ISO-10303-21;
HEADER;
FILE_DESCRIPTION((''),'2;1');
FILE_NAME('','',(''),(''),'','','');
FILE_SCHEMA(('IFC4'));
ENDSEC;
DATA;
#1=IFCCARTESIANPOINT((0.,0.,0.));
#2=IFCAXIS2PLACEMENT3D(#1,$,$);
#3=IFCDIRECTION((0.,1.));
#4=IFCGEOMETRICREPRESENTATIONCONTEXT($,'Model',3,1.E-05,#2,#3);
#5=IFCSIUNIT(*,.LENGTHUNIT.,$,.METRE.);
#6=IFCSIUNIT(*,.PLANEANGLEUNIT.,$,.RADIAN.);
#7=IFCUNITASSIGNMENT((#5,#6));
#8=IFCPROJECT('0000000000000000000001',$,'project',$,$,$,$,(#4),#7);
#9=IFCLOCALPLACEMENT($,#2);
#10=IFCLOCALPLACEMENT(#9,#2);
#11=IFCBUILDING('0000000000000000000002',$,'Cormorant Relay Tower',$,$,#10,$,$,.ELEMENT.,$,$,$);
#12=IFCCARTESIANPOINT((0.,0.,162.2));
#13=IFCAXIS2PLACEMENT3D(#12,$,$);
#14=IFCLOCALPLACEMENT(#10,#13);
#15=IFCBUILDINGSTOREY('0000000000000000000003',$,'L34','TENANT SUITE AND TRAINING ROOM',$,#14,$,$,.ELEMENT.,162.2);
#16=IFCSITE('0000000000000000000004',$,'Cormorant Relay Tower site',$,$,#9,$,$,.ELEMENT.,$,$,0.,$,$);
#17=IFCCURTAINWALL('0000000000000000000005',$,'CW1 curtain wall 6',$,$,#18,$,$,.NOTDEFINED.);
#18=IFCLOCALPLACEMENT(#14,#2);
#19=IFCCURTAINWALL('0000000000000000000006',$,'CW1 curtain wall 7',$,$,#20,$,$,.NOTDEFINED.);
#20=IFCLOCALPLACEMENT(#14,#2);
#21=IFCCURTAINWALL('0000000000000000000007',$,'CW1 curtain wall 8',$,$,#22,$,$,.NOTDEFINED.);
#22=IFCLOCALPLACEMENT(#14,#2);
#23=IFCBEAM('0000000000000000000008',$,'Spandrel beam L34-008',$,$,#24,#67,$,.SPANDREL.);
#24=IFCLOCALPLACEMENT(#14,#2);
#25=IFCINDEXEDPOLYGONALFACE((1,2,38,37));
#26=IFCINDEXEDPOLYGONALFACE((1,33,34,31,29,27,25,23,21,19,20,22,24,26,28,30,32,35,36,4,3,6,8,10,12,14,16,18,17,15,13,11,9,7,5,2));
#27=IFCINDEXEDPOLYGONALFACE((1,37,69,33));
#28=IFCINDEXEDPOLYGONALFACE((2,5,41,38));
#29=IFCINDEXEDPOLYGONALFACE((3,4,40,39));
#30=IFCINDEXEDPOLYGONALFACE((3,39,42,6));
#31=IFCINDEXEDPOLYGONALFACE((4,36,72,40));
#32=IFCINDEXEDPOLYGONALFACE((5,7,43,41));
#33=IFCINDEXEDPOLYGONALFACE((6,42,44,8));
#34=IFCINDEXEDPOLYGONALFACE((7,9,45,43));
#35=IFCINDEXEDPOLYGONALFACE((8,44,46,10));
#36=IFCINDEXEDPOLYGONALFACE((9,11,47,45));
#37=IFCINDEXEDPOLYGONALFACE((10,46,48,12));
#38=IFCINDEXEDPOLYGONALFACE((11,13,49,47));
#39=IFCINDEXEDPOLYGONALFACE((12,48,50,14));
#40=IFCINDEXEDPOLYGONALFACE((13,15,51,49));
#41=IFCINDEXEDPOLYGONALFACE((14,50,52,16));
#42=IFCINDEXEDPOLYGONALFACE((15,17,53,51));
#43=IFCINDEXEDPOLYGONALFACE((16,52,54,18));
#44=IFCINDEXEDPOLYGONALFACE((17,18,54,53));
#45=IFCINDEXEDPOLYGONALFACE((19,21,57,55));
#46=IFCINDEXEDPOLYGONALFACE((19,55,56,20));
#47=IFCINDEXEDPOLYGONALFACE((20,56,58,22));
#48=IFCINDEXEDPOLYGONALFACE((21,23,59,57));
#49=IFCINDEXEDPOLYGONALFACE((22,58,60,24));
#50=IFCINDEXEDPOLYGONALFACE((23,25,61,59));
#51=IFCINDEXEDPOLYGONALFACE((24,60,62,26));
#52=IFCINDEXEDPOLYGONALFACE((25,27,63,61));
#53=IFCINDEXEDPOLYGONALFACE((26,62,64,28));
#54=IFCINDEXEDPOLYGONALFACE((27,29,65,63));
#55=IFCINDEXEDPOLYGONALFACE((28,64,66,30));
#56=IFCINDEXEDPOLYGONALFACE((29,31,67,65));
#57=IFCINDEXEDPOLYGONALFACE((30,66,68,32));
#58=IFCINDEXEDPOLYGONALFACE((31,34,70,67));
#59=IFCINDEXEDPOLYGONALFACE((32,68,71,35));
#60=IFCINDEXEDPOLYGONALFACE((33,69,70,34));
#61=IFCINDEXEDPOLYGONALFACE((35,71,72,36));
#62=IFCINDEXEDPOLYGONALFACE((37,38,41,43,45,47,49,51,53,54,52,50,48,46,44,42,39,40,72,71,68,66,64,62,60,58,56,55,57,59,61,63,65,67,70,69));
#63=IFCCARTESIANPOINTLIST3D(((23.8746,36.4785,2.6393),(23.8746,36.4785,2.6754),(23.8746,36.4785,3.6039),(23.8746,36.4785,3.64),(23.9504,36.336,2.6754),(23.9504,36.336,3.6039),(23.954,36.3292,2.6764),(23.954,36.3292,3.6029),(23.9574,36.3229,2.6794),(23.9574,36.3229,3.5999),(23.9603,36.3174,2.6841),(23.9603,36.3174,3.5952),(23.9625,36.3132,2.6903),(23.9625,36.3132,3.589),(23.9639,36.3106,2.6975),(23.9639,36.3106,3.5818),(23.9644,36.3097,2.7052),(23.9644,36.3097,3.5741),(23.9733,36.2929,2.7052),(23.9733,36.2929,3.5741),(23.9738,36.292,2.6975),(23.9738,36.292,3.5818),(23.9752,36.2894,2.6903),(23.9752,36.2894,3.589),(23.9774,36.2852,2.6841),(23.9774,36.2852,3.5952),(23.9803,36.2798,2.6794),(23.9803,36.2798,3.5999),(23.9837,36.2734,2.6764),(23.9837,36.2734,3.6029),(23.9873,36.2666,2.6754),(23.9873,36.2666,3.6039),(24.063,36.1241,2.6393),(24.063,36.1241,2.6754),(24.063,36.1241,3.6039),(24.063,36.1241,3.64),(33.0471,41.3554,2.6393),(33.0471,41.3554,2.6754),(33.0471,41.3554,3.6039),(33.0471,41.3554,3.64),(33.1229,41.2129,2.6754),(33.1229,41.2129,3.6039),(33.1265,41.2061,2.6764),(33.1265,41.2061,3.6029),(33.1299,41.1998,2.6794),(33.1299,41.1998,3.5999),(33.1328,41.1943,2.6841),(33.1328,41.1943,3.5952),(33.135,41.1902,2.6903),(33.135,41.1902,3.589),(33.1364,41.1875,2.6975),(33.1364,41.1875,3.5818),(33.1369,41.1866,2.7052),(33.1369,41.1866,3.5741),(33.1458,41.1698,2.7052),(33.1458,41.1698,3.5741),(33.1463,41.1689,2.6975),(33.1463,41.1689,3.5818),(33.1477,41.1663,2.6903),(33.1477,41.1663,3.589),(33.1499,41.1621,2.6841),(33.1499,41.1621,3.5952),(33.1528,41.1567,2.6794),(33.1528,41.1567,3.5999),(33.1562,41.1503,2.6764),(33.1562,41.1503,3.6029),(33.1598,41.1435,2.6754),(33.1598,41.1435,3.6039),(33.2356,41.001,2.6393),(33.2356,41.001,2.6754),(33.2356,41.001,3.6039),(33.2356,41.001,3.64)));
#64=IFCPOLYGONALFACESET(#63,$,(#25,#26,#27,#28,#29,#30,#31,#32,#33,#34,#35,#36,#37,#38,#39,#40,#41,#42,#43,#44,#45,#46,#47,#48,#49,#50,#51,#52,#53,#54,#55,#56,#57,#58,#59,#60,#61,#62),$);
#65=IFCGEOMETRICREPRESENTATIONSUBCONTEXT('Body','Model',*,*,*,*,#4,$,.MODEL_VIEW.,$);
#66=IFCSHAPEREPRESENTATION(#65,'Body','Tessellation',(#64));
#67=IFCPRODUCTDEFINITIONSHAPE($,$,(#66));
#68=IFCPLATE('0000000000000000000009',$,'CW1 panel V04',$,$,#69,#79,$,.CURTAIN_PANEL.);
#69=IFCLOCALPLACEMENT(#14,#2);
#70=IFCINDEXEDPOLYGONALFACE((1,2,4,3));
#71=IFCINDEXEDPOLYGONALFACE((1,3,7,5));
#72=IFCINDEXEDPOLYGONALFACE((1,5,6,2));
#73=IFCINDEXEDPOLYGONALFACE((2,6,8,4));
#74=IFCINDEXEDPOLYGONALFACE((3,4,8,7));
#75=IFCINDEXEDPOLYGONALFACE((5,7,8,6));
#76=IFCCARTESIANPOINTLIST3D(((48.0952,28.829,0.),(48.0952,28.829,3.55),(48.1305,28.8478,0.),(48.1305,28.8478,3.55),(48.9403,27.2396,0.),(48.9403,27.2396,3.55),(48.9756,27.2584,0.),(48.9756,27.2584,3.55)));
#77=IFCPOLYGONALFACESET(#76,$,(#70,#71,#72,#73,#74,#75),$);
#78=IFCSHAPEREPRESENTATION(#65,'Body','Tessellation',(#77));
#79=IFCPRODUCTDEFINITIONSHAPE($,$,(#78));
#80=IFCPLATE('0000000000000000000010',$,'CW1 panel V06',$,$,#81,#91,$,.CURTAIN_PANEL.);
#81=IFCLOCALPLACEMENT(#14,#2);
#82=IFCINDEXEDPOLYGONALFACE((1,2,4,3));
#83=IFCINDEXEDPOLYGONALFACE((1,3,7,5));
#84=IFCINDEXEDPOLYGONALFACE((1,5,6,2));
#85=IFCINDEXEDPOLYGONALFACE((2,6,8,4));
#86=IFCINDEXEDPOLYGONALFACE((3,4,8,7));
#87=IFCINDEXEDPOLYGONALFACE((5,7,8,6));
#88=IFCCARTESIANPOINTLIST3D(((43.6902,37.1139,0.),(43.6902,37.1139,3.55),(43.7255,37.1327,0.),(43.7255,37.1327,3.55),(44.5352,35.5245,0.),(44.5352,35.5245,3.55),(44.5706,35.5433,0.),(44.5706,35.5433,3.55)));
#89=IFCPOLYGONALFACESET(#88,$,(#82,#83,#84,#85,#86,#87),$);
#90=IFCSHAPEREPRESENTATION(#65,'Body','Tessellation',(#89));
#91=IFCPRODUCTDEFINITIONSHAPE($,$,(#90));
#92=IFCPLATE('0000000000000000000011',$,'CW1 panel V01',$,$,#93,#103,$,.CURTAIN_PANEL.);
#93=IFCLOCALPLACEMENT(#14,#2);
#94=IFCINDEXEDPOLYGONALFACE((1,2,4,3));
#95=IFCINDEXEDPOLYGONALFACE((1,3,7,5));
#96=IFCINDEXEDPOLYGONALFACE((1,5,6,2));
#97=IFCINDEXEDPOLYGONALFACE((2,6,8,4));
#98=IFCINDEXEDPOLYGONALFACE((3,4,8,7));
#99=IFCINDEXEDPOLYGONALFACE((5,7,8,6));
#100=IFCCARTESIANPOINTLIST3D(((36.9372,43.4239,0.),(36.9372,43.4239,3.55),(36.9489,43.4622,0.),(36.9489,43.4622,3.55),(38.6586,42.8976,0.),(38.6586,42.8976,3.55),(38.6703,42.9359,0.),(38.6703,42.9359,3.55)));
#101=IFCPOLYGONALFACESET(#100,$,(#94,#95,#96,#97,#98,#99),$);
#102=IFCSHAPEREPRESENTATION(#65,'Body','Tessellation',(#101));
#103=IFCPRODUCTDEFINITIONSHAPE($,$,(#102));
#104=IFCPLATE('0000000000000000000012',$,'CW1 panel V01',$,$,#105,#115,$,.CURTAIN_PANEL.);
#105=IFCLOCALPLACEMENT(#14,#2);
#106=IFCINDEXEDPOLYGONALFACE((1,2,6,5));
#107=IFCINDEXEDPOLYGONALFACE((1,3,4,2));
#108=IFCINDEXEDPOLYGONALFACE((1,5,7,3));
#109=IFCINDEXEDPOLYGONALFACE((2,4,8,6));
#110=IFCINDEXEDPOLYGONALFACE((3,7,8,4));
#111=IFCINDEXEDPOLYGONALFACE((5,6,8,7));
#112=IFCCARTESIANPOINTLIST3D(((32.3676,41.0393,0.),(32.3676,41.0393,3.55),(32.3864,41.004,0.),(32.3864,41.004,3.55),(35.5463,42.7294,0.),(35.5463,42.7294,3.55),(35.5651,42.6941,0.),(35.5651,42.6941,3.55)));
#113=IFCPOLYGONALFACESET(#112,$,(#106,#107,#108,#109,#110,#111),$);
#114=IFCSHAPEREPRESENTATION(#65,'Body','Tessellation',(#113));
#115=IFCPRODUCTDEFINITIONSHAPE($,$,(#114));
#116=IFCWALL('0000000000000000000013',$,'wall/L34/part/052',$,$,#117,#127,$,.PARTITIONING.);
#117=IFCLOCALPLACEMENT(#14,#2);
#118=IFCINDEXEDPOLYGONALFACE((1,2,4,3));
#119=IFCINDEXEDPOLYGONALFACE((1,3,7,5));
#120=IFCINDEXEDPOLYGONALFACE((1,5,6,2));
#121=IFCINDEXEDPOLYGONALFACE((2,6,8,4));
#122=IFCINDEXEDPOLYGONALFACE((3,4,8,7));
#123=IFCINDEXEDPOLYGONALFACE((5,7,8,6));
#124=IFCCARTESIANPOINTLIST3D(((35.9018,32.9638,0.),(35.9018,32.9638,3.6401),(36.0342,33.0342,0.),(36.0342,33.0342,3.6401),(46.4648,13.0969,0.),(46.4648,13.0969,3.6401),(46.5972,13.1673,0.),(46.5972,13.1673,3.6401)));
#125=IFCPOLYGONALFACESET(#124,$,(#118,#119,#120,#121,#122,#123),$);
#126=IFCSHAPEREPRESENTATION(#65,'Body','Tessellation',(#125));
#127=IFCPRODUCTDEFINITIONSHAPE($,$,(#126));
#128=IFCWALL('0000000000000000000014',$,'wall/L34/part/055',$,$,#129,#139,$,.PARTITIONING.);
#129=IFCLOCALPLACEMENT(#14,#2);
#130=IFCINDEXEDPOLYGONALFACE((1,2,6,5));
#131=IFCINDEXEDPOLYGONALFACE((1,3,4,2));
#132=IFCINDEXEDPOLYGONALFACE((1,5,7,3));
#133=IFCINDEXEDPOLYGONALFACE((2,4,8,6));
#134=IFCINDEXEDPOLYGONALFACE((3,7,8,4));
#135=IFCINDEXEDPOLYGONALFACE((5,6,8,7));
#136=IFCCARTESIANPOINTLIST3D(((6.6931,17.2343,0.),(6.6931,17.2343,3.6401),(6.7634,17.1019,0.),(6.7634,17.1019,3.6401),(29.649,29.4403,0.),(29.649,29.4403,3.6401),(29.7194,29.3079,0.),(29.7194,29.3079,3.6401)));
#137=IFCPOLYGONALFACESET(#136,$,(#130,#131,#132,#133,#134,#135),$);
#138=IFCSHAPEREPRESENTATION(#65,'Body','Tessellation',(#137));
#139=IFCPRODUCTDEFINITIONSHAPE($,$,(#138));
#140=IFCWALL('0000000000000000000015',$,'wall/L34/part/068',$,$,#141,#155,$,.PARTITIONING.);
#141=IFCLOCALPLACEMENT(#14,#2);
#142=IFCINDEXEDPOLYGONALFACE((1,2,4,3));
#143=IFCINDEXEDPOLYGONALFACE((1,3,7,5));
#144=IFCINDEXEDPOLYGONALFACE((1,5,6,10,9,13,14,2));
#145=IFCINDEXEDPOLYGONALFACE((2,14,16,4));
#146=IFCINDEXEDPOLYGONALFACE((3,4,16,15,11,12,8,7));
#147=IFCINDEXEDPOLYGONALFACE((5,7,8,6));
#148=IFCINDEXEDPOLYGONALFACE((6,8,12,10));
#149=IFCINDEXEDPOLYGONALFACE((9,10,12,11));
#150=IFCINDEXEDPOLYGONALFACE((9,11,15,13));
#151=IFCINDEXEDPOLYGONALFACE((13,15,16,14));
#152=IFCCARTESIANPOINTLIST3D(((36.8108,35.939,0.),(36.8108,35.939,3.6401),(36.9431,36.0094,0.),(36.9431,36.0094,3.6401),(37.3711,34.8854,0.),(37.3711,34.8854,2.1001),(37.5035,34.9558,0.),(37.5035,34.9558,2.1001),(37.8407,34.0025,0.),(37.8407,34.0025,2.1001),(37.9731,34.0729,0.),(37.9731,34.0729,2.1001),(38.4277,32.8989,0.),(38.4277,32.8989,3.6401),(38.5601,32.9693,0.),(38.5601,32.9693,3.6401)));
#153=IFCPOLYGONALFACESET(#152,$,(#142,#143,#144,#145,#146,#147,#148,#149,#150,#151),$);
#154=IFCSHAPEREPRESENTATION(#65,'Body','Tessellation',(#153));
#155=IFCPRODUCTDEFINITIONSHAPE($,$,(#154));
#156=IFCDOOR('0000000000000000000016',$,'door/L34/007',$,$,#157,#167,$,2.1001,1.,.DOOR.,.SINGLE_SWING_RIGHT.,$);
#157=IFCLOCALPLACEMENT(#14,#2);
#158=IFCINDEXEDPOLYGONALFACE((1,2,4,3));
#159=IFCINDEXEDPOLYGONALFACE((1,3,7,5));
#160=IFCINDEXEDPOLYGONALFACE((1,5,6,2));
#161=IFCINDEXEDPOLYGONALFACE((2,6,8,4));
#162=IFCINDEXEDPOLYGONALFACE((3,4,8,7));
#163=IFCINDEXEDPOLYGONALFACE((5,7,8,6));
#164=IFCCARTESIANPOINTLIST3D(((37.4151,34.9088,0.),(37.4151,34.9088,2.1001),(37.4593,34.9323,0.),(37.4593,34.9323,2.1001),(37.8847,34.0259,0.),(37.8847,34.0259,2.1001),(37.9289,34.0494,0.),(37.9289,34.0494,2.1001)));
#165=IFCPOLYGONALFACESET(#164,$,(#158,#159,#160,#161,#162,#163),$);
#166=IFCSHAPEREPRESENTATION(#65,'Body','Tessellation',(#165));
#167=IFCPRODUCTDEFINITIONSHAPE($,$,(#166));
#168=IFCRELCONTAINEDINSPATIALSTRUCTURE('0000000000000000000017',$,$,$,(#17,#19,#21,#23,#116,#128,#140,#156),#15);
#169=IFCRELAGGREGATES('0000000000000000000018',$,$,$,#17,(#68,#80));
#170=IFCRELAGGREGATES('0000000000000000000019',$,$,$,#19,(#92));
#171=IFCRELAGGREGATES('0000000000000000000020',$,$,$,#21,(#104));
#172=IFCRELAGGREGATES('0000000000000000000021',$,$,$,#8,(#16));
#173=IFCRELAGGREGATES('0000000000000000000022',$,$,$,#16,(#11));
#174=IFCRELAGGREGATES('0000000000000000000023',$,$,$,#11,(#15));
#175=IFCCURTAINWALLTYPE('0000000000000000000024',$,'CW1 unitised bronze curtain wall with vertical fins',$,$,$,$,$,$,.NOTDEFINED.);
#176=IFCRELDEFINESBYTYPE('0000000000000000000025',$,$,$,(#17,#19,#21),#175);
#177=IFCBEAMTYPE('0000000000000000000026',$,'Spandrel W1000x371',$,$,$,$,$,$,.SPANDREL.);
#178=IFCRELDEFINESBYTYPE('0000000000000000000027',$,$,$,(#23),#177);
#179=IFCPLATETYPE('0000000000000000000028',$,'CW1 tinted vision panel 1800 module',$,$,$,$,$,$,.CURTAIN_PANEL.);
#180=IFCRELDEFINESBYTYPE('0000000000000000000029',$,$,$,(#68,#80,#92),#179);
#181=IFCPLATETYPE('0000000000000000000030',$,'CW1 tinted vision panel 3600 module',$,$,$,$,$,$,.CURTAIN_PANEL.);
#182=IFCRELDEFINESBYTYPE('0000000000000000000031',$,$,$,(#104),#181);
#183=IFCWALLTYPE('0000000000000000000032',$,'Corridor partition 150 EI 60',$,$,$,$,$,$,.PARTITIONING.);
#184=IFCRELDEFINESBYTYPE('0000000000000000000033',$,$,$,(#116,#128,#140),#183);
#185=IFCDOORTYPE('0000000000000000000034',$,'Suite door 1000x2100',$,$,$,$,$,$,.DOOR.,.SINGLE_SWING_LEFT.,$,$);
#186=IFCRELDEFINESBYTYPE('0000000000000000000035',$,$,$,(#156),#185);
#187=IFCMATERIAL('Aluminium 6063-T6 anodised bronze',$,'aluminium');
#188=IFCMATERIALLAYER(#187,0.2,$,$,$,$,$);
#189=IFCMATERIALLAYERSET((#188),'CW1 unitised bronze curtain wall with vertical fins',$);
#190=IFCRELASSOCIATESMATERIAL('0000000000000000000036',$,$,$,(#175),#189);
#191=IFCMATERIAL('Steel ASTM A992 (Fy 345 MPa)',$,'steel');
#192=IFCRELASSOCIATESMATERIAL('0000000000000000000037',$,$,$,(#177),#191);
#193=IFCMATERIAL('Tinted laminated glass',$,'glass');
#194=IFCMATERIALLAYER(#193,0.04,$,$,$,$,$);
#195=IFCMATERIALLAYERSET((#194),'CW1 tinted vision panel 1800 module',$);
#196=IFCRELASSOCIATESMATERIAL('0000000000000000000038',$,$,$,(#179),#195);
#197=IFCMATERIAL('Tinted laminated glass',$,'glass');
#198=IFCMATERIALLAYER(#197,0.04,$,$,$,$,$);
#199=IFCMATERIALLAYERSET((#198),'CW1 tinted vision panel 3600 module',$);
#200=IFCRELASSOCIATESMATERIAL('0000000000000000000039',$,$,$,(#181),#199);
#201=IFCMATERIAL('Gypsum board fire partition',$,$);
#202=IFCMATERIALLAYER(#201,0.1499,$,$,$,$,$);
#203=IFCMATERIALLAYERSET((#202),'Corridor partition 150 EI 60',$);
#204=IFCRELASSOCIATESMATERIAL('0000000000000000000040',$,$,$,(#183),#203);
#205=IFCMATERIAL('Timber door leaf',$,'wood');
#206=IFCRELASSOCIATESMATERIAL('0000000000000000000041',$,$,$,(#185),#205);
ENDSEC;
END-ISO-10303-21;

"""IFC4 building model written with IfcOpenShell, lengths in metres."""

from ifc_helpers import new_model, si_unit, direction, frame, frame_2d, origin, origin_2d, place, context, subcontext, project, spatial, rectangle, i_section, extrude, material, layer, layer_set, material_profile, profile_set, type_object, element, fill, aggregate, save


model = new_model("IFC4")

# Units and contexts
model_context = context("Model", 3, precision=1e-05, world=origin(), true_north=direction((0.0, 1.0)))
body_context = subcontext(model_context, "Body", "Model", "MODEL_VIEW")
ifc_project = project(units=[si_unit("LENGTHUNIT", "METRE"), si_unit("PLANEANGLEUNIT", "RADIAN")], contexts=[model_context])

# Site, building, storey
site_placement = place(None, origin())
site = spatial("IfcSite", under=ifc_project, at=site_placement, Name="Cormorant Relay Tower site", CompositionType="ELEMENT", RefElevation=0.0)
building_placement = place(site_placement, origin())
building = spatial("IfcBuilding", under=site, at=building_placement, Name="Cormorant Relay Tower", CompositionType="ELEMENT")
storey_placement = place(building_placement, frame((0.0, 0.0, 162.2)))
storey = spatial("IfcBuildingStorey", under=building, at=storey_placement, Name="L34", Description="TENANT SUITE AND TRAINING ROOM", CompositionType="ELEMENT", Elevation=162.2)

# Curtain wall
ifc_material_1 = material(Name="Aluminium 6063-T6 anodised bronze", Category="aluminium")
ifc_layer_1 = layer(ifc_material_1, 0.2)
ifc_layer_set_1 = layer_set([ifc_layer_1], Name="CW1 unitised bronze curtain wall with vertical fins")
curtain_wall_type = type_object("IfcCurtainWallType", Name="CW1 unitised bronze curtain wall with vertical fins", PredefinedType="NOTDEFINED", material=ifc_layer_set_1)
curtain_wall_1_placement = place(storey_placement, origin())
curtain_wall_1 = element("IfcCurtainWall", 1, at=curtain_wall_1_placement, inside=storey, type_object=curtain_wall_type, Name="CW1 curtain wall 6", PredefinedType="NOTDEFINED")

# Curtain wall
curtain_wall_2_placement = place(storey_placement, origin())
curtain_wall_2 = element("IfcCurtainWall", 2, at=curtain_wall_2_placement, inside=storey, type_object=curtain_wall_type, Name="CW1 curtain wall 7", PredefinedType="NOTDEFINED")

# Curtain wall
curtain_wall_3_placement = place(storey_placement, origin())
curtain_wall_3 = element("IfcCurtainWall", 3, at=curtain_wall_3_placement, inside=storey, type_object=curtain_wall_type, Name="CW1 curtain wall 8", PredefinedType="NOTDEFINED")

# Beam
ifc_material_2 = material(Name="Steel ASTM A992 (Fy 345 MPa)", Category="steel")
ifc_material_profile_1 = material_profile(ifc_material_2, i_section(OverallWidth=0.4014, OverallDepth=1.0007, WebThickness=0.019, FlangeThickness=0.0361, FilletRadius=0.0298, at=origin_2d()), Name="W1000x371")
ifc_profile_set_1 = profile_set([ifc_material_profile_1], Name="Steel ASTM A992 (Fy 345 MPa)")
beam_type = type_object("IfcBeamType", Name="Spandrel W1000x371", PredefinedType="SPANDREL", material=ifc_profile_set_1)
beam_1_placement = place(storey_placement, frame((33.1414, 41.1782, 3.1396), z_axis=(-0.882956, -0.469456, 0.0), x_axis=(0.469456, -0.882956, 0.0)))
element("IfcBeam", 4, at=beam_1_placement, inside=storey, type_object=beam_type, Name="Spandrel beam L34-008", PredefinedType="SPANDREL", context=body_context, shape_type="SweptSolid", body=[
    extrude(i_section(OverallWidth=0.4014, OverallDepth=1.0007, WebThickness=0.019, FlangeThickness=0.0361, FilletRadius=0.0298, at=origin_2d()), origin(), (0.0, 0.0, 1.0), 10.3884),
])

# Plates
ifc_material_3 = material(Name="Tinted laminated glass", Category="glass")
ifc_layer_2 = layer(ifc_material_3, 0.04)
ifc_layer_set_2 = layer_set([ifc_layer_2], Name="CW1 tinted vision panel 1800 module")
plate_type_1 = type_object("IfcPlateType", Name="CW1 tinted vision panel 1800 module", PredefinedType="CURTAIN_PANEL", material=ifc_layer_set_2)
plate_1_placement = place(storey_placement, frame((48.5354, 28.0437, 0.0), z_axis=(0.0, 0.0, 1.0), x_axis=(-0.469472, 0.882948, 0.0)))
plate_1 = element("IfcPlate", 5, at=plate_1_placement, type_object=plate_type_1, Name="CW1 panel V04", PredefinedType="CURTAIN_PANEL", context=body_context, shape_type="SweptSolid", body=[
    extrude(rectangle(XDim=1.8, YDim=0.04, at=origin_2d()), origin(), (0.0, 0.0, 1.0), 3.55),
])
plate_2_placement = place(storey_placement, frame((44.1304, 36.3286, 0.0), z_axis=(0.0, 0.0, 1.0), x_axis=(-0.469472, 0.882948, 0.0)))
plate_2 = element("IfcPlate", 6, at=plate_2_placement, type_object=plate_type_1, Name="CW1 panel V06", PredefinedType="CURTAIN_PANEL", context=body_context, shape_type="SweptSolid", body=[
    extrude(rectangle(XDim=1.8, YDim=0.04, at=origin_2d()), origin(), (0.0, 0.0, 1.0), 3.55),
])
plate_3_placement = place(storey_placement, frame((37.8037, 43.1799, 0.0), z_axis=(0.0, 0.0, 1.0), x_axis=(-0.956305, 0.292372, 0.0)))
plate_3 = element("IfcPlate", 7, at=plate_3_placement, type_object=plate_type_1, Name="CW1 panel V01", PredefinedType="CURTAIN_PANEL", context=body_context, shape_type="SweptSolid", body=[
    extrude(rectangle(XDim=1.8, YDim=0.04, at=origin_2d()), origin(), (0.0, 0.0, 1.0), 3.55),
])
ifc_material_4 = material(Name="Tinted laminated glass", Category="glass")
ifc_layer_3 = layer(ifc_material_4, 0.04)
ifc_layer_set_3 = layer_set([ifc_layer_3], Name="CW1 tinted vision panel 3600 module")
plate_type_2 = type_object("IfcPlateType", Name="CW1 tinted vision panel 3600 module", PredefinedType="CURTAIN_PANEL", material=ifc_layer_set_3)
plate_4_placement = place(storey_placement, frame((33.9663, 41.8667, 0.0), z_axis=(0.0, 0.0, 1.0), x_axis=(-0.882948, -0.469472, 0.0)))
plate_4 = element("IfcPlate", 8, at=plate_4_placement, type_object=plate_type_2, Name="CW1 panel V01", PredefinedType="CURTAIN_PANEL", context=body_context, shape_type="SweptSolid", body=[
    extrude(rectangle(XDim=3.6001, YDim=0.04, at=origin_2d()), origin(), (0.0, 0.0, 1.0), 3.55),
])

# Walls
ifc_material_5 = material(Name="Gypsum board fire partition")
ifc_layer_4 = layer(ifc_material_5, 0.1499)
ifc_layer_set_4 = layer_set([ifc_layer_4], Name="Corridor partition 150 EI 60")
wall_type_1 = type_object("IfcWallType", Name="Corridor partition 150 EI 60", PredefinedType="PARTITIONING", material=ifc_layer_set_4)
wall_1_placement = place(storey_placement, frame((35.968, 32.999, 0.0), z_axis=(0.0, 0.0, 1.0), x_axis=(0.469456, -0.882956, 0.0)))
element("IfcWall", 9, at=wall_1_placement, inside=storey, type_object=wall_type_1, Name="wall/L34/part/052", PredefinedType="PARTITIONING", context=body_context, shape_type="SweptSolid", body=[
    extrude(rectangle(XDim=22.5005, YDim=0.1499, at=frame_2d((11.2502, 0.0))), origin(), (0.0, 0.0, 1.0), 3.6401),
])
wall_2_placement = place(storey_placement, frame((29.6841, 29.374, 0.0), z_axis=(0.0, 0.0, 1.0), x_axis=(-0.882946, -0.469475, 0.0)))
element("IfcWall", 10, at=wall_2_placement, inside=storey, type_object=wall_type_1, Name="wall/L34/part/055", PredefinedType="PARTITIONING", context=body_context, shape_type="SweptSolid", body=[
    extrude(rectangle(XDim=25.9993, YDim=0.1499, at=frame_2d((12.9995, 0.0))), origin(), (0.0, 0.0, 1.0), 3.6401),
])

# Wall, opening, door
wall_3_placement = place(storey_placement, frame((38.4939, 32.9341, 0.0), z_axis=(0.0, 0.0, 1.0), x_axis=(-0.469591, 0.882884, 0.0)))
wall_3 = element("IfcWall", 11, at=wall_3_placement, inside=storey, type_object=wall_type_1, Name="wall/L34/part/068", PredefinedType="PARTITIONING", context=body_context, shape_type="SweptSolid", body=[
    extrude(rectangle(XDim=3.4434, YDim=0.1499, at=frame_2d((1.7217, 0.0))), origin(), (0.0, 0.0, 1.0), 3.6401),
])
opening_1_placement = place(wall_3_placement, frame((1.25, 0.0, 0.0)))
opening_1 = element("IfcOpeningElement", 12, at=opening_1_placement, cuts=wall_3, PredefinedType="OPENING", context=body_context, shape_type="SweptSolid", body=[
    extrude(rectangle(XDim=1.0, YDim=2.1001, at=frame_2d((0.5, 1.05))), frame((0.0, 0.085, 0.0), z_axis=(0.0, -1.0, 0.0), x_axis=(1.0, 0.0, 0.0)), (0.0, 0.0, 1.0), 0.1699),
])
ifc_material_6 = material(Name="Timber door leaf", Category="wood")
door_type = type_object("IfcDoorType", Name="Suite door 1000x2100", OperationType="SINGLE_SWING_LEFT", PredefinedType="DOOR", material=ifc_material_6)
door_1_placement = place(opening_1_placement, frame((1.0, 0.0, 0.0), z_axis=(0.0, 0.0, 1.0), x_axis=(-1.0, 0.0, 0.0)))
door_1 = element("IfcDoor", 13, at=door_1_placement, inside=storey, type_object=door_type, Name="door/L34/007", OperationType="SINGLE_SWING_RIGHT", OverallHeight=2.1001, OverallWidth=1.0, PredefinedType="DOOR", context=body_context, shape_type="SweptSolid", body=[
    extrude(rectangle(XDim=1.0, YDim=2.1001, at=frame_2d((0.5, 1.05))), frame((0.0, 0.0249, 0.0), z_axis=(0.0, -1.0, 0.0), x_axis=(1.0, 0.0, 0.0)), (0.0, 0.0, 1.0), 0.05),
])
fill(opening_1, door_1)

aggregate(curtain_wall_1, [plate_1, plate_2])
aggregate(curtain_wall_2, [plate_3])
aggregate(curtain_wall_3, [plate_4])

save(model, "model.ifc")
